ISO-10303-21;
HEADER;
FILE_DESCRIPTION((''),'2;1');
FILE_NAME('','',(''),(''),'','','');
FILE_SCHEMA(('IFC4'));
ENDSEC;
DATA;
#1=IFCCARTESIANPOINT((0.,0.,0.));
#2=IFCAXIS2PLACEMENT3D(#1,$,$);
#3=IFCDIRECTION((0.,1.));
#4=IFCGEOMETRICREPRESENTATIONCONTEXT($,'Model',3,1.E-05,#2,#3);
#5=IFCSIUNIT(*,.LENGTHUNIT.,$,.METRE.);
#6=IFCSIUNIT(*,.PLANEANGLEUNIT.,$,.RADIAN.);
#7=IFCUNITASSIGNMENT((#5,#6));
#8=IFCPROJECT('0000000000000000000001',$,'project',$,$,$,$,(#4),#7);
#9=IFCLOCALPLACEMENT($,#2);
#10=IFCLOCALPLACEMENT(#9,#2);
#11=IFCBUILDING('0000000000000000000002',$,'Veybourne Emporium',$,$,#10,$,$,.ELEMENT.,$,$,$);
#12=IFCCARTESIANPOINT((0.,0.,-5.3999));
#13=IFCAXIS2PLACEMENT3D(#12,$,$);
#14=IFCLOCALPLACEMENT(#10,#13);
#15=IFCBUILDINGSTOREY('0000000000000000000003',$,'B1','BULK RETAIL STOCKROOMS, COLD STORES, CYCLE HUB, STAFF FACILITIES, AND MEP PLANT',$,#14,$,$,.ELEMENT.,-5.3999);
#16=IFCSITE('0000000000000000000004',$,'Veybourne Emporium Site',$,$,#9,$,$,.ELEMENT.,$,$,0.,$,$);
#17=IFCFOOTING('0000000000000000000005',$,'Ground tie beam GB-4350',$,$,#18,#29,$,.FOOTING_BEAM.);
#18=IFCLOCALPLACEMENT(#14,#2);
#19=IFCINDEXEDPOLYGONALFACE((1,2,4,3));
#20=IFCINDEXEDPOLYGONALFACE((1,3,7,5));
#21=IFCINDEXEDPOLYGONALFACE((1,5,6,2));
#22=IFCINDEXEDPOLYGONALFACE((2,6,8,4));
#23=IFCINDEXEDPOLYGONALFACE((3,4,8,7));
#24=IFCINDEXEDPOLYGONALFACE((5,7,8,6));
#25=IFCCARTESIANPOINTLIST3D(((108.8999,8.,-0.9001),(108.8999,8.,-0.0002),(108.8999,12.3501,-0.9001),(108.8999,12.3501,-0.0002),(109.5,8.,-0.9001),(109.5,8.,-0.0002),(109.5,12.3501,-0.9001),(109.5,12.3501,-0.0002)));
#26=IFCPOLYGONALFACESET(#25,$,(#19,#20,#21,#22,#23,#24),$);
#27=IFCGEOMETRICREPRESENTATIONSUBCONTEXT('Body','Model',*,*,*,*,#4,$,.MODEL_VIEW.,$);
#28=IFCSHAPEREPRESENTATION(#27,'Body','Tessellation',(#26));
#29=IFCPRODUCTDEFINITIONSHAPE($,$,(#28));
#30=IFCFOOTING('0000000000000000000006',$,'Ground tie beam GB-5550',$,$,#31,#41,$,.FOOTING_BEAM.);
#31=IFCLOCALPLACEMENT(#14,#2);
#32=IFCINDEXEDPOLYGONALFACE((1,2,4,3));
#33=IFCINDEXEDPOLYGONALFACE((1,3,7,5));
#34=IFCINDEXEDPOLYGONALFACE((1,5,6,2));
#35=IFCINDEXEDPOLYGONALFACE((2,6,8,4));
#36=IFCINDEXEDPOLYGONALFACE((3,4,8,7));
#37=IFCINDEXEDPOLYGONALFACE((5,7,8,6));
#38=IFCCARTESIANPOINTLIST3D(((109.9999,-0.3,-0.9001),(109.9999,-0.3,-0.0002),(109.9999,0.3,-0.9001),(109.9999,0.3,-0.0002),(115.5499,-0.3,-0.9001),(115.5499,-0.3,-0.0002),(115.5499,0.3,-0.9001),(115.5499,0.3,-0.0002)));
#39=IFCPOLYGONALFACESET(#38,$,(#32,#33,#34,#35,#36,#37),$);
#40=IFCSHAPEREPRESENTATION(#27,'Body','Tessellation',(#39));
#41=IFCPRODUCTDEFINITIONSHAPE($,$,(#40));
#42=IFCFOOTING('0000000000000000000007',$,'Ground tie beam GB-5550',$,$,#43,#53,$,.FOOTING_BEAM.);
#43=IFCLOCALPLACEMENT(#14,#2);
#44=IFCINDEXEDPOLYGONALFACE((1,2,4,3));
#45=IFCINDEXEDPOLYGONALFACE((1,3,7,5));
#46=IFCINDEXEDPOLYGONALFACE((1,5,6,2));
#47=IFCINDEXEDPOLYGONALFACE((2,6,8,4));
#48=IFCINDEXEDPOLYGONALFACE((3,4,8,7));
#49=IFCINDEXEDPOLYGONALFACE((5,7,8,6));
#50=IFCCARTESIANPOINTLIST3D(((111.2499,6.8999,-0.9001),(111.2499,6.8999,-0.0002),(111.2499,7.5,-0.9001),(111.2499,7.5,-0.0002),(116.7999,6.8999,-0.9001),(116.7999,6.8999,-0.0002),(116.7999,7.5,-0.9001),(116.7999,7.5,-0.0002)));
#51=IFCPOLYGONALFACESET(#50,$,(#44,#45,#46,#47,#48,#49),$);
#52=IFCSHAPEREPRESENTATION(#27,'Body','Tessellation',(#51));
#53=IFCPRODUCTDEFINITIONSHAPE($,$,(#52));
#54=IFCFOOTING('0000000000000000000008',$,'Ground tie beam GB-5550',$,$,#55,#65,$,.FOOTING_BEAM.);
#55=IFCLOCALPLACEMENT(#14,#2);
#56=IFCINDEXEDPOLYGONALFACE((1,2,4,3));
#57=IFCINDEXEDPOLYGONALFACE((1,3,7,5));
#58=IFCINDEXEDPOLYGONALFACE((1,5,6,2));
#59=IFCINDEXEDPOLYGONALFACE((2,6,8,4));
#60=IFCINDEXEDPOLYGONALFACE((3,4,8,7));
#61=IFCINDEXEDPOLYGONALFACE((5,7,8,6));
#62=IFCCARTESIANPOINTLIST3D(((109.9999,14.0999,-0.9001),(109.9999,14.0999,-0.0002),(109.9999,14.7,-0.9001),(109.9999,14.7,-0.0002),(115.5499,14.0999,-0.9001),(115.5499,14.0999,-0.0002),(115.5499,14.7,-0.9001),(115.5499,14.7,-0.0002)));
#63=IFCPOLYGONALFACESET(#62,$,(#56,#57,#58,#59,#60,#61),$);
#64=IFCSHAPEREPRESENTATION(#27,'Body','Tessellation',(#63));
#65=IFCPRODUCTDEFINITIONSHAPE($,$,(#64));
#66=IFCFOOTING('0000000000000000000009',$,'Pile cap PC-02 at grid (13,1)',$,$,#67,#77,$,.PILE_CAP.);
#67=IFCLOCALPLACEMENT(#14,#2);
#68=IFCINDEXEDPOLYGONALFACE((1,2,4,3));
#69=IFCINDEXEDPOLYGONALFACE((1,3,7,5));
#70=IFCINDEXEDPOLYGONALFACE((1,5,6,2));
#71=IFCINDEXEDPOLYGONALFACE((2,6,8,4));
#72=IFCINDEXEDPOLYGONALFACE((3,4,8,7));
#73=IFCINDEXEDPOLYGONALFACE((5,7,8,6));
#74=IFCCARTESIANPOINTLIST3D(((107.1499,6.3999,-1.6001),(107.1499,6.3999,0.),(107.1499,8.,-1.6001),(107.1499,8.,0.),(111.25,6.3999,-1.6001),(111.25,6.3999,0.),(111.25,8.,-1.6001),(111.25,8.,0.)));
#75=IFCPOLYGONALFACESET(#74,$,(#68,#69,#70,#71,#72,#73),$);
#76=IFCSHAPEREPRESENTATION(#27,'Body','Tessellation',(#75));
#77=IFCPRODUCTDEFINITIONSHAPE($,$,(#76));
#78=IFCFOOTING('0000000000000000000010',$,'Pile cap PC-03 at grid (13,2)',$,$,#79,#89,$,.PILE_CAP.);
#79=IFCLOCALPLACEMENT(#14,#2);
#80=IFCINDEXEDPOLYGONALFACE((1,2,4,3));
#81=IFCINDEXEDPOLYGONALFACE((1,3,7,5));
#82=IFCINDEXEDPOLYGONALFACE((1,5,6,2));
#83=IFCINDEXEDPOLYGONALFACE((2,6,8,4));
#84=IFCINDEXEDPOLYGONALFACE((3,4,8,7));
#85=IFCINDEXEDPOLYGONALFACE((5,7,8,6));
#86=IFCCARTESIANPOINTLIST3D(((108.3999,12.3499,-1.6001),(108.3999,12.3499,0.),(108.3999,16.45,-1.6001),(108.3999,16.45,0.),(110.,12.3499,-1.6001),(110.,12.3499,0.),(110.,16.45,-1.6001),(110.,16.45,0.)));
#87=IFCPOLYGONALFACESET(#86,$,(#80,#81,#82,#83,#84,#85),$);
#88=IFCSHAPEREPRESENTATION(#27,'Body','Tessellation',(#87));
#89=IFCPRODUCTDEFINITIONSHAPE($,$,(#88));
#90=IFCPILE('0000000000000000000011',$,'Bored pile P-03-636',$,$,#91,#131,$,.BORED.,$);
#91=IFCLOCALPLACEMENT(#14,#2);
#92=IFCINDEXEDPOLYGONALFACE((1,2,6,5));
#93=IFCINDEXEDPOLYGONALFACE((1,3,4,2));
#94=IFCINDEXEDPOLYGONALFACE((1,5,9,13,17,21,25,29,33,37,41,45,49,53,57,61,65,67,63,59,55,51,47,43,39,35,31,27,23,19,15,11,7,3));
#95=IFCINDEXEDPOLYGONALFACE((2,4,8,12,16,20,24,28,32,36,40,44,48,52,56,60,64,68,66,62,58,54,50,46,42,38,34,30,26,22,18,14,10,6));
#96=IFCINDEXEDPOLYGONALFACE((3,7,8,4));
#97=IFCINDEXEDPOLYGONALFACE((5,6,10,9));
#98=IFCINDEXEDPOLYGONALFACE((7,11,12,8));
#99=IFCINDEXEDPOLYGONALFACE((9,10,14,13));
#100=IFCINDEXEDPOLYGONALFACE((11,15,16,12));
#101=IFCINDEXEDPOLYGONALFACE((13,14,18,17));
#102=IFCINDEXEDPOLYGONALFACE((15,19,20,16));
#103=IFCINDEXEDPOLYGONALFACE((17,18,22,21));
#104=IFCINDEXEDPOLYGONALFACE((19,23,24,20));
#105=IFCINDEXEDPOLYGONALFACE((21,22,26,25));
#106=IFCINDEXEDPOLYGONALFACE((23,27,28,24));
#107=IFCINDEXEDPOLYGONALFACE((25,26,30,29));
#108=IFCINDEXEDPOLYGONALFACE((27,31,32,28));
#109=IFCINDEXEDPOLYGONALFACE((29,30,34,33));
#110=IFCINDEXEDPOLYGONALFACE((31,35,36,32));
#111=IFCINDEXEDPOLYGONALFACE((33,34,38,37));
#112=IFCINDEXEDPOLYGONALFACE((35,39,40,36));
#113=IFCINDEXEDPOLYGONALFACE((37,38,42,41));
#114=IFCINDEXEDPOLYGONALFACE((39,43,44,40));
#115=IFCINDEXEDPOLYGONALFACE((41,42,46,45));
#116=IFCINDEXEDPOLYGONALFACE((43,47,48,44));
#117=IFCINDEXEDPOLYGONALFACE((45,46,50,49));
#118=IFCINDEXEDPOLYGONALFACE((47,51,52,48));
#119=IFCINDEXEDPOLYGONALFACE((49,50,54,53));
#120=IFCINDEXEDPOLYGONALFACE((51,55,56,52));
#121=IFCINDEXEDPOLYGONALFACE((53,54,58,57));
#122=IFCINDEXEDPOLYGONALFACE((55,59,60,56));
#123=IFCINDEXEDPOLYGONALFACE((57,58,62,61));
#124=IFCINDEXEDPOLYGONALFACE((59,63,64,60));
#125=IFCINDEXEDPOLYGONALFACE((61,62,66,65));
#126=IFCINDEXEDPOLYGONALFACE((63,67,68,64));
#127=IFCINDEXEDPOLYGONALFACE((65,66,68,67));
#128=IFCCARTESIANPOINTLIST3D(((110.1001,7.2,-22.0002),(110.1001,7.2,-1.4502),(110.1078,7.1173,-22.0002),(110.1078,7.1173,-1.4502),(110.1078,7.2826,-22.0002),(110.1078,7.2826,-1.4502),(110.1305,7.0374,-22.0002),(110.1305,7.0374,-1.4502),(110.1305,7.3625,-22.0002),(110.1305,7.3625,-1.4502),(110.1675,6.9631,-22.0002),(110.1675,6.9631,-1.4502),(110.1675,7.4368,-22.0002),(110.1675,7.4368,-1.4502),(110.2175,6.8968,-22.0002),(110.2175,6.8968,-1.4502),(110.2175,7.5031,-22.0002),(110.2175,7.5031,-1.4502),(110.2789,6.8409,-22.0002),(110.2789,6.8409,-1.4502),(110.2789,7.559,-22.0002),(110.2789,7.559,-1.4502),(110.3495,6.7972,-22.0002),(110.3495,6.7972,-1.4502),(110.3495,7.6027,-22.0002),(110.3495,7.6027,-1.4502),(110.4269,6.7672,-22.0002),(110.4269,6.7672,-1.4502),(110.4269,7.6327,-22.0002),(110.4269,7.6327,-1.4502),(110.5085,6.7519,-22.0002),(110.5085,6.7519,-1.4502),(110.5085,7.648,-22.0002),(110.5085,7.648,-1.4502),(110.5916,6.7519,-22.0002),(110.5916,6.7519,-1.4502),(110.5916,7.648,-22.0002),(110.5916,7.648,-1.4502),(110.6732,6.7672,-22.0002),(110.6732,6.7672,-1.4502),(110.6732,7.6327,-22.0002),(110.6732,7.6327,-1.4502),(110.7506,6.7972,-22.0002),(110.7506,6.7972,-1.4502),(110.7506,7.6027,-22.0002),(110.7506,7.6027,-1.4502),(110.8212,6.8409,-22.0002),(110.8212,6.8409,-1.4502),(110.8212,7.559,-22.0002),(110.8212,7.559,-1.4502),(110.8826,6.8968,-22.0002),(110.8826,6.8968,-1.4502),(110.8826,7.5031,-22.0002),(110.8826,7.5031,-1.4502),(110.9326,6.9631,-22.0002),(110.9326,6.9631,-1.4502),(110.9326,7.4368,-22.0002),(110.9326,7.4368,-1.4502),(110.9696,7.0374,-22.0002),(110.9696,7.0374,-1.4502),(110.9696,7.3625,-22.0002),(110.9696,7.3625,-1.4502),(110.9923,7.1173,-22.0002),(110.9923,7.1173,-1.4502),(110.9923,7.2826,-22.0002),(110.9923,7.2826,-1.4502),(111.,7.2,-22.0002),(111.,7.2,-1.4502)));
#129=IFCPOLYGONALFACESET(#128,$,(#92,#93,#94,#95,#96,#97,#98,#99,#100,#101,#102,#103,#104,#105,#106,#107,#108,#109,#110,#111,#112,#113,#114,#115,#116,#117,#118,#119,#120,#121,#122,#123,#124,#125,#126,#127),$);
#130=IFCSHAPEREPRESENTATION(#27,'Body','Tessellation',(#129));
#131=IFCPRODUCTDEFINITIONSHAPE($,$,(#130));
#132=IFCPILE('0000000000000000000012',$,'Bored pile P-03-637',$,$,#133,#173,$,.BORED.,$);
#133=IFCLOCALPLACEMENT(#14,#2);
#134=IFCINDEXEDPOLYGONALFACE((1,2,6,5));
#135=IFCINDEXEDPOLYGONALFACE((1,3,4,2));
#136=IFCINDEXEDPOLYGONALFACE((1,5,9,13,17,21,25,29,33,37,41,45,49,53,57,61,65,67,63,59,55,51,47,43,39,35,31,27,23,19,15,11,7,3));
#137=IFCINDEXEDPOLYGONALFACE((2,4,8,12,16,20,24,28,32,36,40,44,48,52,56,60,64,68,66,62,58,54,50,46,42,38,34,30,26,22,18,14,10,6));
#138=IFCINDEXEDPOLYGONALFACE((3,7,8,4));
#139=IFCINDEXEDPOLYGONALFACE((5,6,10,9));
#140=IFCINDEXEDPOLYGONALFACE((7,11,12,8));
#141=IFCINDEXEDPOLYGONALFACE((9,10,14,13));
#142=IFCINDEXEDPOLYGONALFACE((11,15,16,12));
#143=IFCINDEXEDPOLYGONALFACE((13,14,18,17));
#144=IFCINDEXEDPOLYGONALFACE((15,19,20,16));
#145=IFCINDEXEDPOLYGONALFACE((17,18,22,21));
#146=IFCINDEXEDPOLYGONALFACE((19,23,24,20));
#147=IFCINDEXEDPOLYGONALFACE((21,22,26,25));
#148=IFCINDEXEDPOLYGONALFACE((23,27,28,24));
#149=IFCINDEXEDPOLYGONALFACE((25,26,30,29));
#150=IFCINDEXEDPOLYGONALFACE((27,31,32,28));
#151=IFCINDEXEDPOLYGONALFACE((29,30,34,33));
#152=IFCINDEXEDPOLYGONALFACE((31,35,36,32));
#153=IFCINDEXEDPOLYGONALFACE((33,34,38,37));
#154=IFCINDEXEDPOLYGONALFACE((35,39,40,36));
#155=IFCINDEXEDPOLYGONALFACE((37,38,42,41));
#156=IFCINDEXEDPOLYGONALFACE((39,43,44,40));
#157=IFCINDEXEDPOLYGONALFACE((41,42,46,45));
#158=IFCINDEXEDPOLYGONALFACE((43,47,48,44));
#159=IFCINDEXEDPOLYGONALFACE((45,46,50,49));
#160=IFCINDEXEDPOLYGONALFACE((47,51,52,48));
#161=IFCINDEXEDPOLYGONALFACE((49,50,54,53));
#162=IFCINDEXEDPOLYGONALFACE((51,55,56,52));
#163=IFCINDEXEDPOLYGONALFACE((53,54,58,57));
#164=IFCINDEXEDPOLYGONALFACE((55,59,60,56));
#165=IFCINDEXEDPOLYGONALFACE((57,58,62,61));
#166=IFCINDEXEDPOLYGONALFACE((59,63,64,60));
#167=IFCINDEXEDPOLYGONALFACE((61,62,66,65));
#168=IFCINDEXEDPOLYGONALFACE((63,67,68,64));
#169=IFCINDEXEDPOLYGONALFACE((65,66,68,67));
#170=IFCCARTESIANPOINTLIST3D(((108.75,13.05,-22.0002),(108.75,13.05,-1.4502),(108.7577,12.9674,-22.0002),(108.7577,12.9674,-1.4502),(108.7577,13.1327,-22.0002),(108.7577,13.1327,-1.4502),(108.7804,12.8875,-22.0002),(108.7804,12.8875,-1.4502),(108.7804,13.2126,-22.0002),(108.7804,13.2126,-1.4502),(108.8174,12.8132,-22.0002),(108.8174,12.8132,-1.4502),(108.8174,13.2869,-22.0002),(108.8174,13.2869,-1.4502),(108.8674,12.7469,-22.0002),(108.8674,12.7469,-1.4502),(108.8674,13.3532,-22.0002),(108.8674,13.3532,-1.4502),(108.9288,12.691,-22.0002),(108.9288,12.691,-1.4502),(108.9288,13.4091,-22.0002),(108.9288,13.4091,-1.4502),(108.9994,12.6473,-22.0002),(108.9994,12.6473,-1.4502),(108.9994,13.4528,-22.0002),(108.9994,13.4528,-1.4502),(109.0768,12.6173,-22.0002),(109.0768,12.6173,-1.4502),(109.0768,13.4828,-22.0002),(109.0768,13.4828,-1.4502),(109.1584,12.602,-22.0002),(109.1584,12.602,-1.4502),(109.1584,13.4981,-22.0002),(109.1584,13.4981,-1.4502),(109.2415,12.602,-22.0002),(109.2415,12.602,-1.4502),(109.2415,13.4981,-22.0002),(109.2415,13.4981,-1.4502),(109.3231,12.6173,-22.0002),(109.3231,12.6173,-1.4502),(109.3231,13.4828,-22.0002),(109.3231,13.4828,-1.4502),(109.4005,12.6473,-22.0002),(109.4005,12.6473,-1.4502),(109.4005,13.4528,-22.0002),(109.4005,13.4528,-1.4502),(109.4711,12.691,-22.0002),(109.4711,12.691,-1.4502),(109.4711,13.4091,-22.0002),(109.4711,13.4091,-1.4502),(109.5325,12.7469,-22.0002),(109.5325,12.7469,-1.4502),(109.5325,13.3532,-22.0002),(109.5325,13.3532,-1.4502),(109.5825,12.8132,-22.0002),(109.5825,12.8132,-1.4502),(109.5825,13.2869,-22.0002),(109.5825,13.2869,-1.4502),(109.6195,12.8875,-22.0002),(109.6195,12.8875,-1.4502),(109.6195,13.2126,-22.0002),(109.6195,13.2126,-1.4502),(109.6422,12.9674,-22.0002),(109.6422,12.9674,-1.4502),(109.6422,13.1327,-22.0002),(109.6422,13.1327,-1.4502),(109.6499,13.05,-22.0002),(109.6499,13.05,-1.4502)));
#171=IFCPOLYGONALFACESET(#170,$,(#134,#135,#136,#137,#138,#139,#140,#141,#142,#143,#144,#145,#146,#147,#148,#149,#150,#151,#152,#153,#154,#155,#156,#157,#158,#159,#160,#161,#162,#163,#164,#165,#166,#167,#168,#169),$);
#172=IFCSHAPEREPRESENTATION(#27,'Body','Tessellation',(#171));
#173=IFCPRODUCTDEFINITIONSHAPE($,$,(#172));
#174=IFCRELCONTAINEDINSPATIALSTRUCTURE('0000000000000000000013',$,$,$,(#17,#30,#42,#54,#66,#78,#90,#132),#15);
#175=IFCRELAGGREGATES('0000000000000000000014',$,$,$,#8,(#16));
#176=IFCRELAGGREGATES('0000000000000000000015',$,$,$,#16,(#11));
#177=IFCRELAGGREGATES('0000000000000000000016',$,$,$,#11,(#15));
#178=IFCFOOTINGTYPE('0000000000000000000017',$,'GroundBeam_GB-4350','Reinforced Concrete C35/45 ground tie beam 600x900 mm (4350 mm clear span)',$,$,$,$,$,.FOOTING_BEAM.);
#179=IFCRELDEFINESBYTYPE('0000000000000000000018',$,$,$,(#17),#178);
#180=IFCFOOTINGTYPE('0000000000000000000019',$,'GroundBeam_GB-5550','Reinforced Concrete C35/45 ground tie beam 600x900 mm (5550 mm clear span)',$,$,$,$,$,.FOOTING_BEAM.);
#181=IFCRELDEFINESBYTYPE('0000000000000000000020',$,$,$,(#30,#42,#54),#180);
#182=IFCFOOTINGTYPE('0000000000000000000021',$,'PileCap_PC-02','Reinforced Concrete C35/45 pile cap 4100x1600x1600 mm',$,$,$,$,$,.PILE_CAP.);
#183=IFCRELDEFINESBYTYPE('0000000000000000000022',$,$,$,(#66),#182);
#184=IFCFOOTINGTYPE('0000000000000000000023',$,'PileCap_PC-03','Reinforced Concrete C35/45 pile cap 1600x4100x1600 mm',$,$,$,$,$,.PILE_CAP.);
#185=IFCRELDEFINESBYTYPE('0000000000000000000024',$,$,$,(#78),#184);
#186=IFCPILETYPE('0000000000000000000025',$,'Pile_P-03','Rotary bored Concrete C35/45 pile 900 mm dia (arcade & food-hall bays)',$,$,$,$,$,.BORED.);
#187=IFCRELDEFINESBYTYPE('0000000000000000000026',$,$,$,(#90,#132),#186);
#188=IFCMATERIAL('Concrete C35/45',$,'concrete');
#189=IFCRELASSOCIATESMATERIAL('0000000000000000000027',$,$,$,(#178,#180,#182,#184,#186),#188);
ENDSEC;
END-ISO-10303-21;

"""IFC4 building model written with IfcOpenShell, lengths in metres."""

from ifc_helpers import new_model, si_unit, direction, frame, origin, origin_2d, place, context, subcontext, project, spatial, rectangle, circle, extrude, material, material_profile, profile_set, type_object, element, save


model = new_model("IFC4")

# Units and contexts
model_context = context("Model", 3, precision=1e-05, world=origin(), true_north=direction((0.0, 1.0)))
body_context = subcontext(model_context, "Body", "Model", "MODEL_VIEW")
ifc_project = project(units=[si_unit("LENGTHUNIT", "METRE"), si_unit("PLANEANGLEUNIT", "RADIAN")], contexts=[model_context])

# Site, building, storey
site_placement = place(None, origin())
site = spatial("IfcSite", under=ifc_project, at=site_placement, Name="Veybourne Emporium Site", CompositionType="ELEMENT", RefElevation=0.0)
building_placement = place(site_placement, origin())
building = spatial("IfcBuilding", under=site, at=building_placement, Name="Veybourne Emporium", CompositionType="ELEMENT")
storey_placement = place(building_placement, frame((0.0, 0.0, -5.3999)))
storey = spatial("IfcBuildingStorey", under=building, at=storey_placement, Name="B1", Description="BULK RETAIL STOCKROOMS, COLD STORES, CYCLE HUB, STAFF FACILITIES, AND MEP PLANT", CompositionType="ELEMENT", Elevation=-5.3999)

# Footings
ifc_material_1 = material(Name="Concrete C35/45", Category="concrete")
footing_type_1 = type_object("IfcFootingType", Name="GroundBeam_GB-4350", Description="Reinforced Concrete C35/45 ground tie beam 600x900 mm (4350 mm clear span)", PredefinedType="FOOTING_BEAM", material=ifc_material_1)
footing_1_placement = place(storey_placement, frame((109.2, 10.175, -0.9001), z_axis=(0.0, 0.0, 1.0), x_axis=(0.0, 1.0, 0.0)))
element("IfcFooting", 1, at=footing_1_placement, inside=storey, type_object=footing_type_1, Name="Ground tie beam GB-4350", PredefinedType="FOOTING_BEAM", context=body_context, shape_type="SweptSolid", body=[
    extrude(rectangle(XDim=4.3501, YDim=0.6001, at=origin_2d()), origin(), (0.0, 0.0, 1.0), 0.8999),
])
footing_type_2 = type_object("IfcFootingType", Name="GroundBeam_GB-5550", Description="Reinforced Concrete C35/45 ground tie beam 600x900 mm (5550 mm clear span)", PredefinedType="FOOTING_BEAM", material=ifc_material_1)
for number, where, z_axis, x_axis, name in (
    (2, (112.7749, 0.0, -0.9001), (0.0, 0.0, 1.0), (1.0, 0.0, 0.0), "Ground tie beam GB-5550"),
    (3, (114.0249, 7.2, -0.9001), (0.0, 0.0, 1.0), (1.0, 0.0, 0.0), "Ground tie beam GB-5550"),
    (4, (112.7749, 14.3999, -0.9001), (0.0, 0.0, 1.0), (1.0, 0.0, 0.0), "Ground tie beam GB-5550"),
):
    element("IfcFooting", number, at=place(storey_placement, frame(where, z_axis=z_axis, x_axis=x_axis)), inside=storey, type_object=footing_type_2, Name=name, PredefinedType="FOOTING_BEAM", context=body_context, shape_type="SweptSolid", body=[
        extrude(rectangle(XDim=5.55, YDim=0.6001, at=origin_2d()), origin(), (0.0, 0.0, 1.0), 0.8999),
    ])
footing_type_3 = type_object("IfcFootingType", Name="PileCap_PC-02", Description="Reinforced Concrete C35/45 pile cap 4100x1600x1600 mm", PredefinedType="PILE_CAP", material=ifc_material_1)
footing_2_placement = place(storey_placement, frame((109.2, 7.2, -1.6001), z_axis=(0.0, 0.0, 1.0), x_axis=(1.0, 0.0, 0.0)))
element("IfcFooting", 5, at=footing_2_placement, inside=storey, type_object=footing_type_3, Name="Pile cap PC-02 at grid (13,1)", PredefinedType="PILE_CAP", context=body_context, shape_type="SweptSolid", body=[
    extrude(rectangle(XDim=4.1001, YDim=1.6001, at=origin_2d()), origin(), (0.0, 0.0, 1.0), 1.6001),
])
footing_type_4 = type_object("IfcFootingType", Name="PileCap_PC-03", Description="Reinforced Concrete C35/45 pile cap 1600x4100x1600 mm", PredefinedType="PILE_CAP", material=ifc_material_1)
footing_3_placement = place(storey_placement, frame((109.2, 14.3999, -1.6001), z_axis=(0.0, 0.0, 1.0), x_axis=(1.0, 0.0, 0.0)))
element("IfcFooting", 6, at=footing_3_placement, inside=storey, type_object=footing_type_4, Name="Pile cap PC-03 at grid (13,2)", PredefinedType="PILE_CAP", context=body_context, shape_type="SweptSolid", body=[
    extrude(rectangle(XDim=1.6001, YDim=4.1001, at=origin_2d()), origin(), (0.0, 0.0, 1.0), 1.6001),
])

# Piles
ifc_material_profile_1 = material_profile(ifc_material_1, circle(Radius=0.45, at=origin_2d()), Name="BORED PILE 900")
ifc_profile_set_1 = profile_set([ifc_material_profile_1], Name="Concrete C35/45")
pile_type = type_object("IfcPileType", Name="Pile_P-03", Description="Rotary bored Concrete C35/45 pile 900 mm dia (arcade & food-hall bays)", PredefinedType="BORED", material=ifc_profile_set_1)
for number, where, z_axis, x_axis, name in (
    (7, (110.55, 7.2, -1.4502), (0.0, 0.0, -1.0), (1.0, 0.0, 0.0), "Bored pile P-03-636"),
    (8, (109.2, 13.05, -1.4502), (0.0, 0.0, -1.0), (1.0, 0.0, 0.0), "Bored pile P-03-637"),
):
    element("IfcPile", number, at=place(storey_placement, frame(where, z_axis=z_axis, x_axis=x_axis)), inside=storey, type_object=pile_type, Name=name, PredefinedType="BORED", context=body_context, shape_type="SweptSolid", body=[
        extrude(circle(Radius=0.45, at=origin_2d()), origin(), (0.0, 0.0, 1.0), 20.55),
    ])

save(model, "model.ifc")
